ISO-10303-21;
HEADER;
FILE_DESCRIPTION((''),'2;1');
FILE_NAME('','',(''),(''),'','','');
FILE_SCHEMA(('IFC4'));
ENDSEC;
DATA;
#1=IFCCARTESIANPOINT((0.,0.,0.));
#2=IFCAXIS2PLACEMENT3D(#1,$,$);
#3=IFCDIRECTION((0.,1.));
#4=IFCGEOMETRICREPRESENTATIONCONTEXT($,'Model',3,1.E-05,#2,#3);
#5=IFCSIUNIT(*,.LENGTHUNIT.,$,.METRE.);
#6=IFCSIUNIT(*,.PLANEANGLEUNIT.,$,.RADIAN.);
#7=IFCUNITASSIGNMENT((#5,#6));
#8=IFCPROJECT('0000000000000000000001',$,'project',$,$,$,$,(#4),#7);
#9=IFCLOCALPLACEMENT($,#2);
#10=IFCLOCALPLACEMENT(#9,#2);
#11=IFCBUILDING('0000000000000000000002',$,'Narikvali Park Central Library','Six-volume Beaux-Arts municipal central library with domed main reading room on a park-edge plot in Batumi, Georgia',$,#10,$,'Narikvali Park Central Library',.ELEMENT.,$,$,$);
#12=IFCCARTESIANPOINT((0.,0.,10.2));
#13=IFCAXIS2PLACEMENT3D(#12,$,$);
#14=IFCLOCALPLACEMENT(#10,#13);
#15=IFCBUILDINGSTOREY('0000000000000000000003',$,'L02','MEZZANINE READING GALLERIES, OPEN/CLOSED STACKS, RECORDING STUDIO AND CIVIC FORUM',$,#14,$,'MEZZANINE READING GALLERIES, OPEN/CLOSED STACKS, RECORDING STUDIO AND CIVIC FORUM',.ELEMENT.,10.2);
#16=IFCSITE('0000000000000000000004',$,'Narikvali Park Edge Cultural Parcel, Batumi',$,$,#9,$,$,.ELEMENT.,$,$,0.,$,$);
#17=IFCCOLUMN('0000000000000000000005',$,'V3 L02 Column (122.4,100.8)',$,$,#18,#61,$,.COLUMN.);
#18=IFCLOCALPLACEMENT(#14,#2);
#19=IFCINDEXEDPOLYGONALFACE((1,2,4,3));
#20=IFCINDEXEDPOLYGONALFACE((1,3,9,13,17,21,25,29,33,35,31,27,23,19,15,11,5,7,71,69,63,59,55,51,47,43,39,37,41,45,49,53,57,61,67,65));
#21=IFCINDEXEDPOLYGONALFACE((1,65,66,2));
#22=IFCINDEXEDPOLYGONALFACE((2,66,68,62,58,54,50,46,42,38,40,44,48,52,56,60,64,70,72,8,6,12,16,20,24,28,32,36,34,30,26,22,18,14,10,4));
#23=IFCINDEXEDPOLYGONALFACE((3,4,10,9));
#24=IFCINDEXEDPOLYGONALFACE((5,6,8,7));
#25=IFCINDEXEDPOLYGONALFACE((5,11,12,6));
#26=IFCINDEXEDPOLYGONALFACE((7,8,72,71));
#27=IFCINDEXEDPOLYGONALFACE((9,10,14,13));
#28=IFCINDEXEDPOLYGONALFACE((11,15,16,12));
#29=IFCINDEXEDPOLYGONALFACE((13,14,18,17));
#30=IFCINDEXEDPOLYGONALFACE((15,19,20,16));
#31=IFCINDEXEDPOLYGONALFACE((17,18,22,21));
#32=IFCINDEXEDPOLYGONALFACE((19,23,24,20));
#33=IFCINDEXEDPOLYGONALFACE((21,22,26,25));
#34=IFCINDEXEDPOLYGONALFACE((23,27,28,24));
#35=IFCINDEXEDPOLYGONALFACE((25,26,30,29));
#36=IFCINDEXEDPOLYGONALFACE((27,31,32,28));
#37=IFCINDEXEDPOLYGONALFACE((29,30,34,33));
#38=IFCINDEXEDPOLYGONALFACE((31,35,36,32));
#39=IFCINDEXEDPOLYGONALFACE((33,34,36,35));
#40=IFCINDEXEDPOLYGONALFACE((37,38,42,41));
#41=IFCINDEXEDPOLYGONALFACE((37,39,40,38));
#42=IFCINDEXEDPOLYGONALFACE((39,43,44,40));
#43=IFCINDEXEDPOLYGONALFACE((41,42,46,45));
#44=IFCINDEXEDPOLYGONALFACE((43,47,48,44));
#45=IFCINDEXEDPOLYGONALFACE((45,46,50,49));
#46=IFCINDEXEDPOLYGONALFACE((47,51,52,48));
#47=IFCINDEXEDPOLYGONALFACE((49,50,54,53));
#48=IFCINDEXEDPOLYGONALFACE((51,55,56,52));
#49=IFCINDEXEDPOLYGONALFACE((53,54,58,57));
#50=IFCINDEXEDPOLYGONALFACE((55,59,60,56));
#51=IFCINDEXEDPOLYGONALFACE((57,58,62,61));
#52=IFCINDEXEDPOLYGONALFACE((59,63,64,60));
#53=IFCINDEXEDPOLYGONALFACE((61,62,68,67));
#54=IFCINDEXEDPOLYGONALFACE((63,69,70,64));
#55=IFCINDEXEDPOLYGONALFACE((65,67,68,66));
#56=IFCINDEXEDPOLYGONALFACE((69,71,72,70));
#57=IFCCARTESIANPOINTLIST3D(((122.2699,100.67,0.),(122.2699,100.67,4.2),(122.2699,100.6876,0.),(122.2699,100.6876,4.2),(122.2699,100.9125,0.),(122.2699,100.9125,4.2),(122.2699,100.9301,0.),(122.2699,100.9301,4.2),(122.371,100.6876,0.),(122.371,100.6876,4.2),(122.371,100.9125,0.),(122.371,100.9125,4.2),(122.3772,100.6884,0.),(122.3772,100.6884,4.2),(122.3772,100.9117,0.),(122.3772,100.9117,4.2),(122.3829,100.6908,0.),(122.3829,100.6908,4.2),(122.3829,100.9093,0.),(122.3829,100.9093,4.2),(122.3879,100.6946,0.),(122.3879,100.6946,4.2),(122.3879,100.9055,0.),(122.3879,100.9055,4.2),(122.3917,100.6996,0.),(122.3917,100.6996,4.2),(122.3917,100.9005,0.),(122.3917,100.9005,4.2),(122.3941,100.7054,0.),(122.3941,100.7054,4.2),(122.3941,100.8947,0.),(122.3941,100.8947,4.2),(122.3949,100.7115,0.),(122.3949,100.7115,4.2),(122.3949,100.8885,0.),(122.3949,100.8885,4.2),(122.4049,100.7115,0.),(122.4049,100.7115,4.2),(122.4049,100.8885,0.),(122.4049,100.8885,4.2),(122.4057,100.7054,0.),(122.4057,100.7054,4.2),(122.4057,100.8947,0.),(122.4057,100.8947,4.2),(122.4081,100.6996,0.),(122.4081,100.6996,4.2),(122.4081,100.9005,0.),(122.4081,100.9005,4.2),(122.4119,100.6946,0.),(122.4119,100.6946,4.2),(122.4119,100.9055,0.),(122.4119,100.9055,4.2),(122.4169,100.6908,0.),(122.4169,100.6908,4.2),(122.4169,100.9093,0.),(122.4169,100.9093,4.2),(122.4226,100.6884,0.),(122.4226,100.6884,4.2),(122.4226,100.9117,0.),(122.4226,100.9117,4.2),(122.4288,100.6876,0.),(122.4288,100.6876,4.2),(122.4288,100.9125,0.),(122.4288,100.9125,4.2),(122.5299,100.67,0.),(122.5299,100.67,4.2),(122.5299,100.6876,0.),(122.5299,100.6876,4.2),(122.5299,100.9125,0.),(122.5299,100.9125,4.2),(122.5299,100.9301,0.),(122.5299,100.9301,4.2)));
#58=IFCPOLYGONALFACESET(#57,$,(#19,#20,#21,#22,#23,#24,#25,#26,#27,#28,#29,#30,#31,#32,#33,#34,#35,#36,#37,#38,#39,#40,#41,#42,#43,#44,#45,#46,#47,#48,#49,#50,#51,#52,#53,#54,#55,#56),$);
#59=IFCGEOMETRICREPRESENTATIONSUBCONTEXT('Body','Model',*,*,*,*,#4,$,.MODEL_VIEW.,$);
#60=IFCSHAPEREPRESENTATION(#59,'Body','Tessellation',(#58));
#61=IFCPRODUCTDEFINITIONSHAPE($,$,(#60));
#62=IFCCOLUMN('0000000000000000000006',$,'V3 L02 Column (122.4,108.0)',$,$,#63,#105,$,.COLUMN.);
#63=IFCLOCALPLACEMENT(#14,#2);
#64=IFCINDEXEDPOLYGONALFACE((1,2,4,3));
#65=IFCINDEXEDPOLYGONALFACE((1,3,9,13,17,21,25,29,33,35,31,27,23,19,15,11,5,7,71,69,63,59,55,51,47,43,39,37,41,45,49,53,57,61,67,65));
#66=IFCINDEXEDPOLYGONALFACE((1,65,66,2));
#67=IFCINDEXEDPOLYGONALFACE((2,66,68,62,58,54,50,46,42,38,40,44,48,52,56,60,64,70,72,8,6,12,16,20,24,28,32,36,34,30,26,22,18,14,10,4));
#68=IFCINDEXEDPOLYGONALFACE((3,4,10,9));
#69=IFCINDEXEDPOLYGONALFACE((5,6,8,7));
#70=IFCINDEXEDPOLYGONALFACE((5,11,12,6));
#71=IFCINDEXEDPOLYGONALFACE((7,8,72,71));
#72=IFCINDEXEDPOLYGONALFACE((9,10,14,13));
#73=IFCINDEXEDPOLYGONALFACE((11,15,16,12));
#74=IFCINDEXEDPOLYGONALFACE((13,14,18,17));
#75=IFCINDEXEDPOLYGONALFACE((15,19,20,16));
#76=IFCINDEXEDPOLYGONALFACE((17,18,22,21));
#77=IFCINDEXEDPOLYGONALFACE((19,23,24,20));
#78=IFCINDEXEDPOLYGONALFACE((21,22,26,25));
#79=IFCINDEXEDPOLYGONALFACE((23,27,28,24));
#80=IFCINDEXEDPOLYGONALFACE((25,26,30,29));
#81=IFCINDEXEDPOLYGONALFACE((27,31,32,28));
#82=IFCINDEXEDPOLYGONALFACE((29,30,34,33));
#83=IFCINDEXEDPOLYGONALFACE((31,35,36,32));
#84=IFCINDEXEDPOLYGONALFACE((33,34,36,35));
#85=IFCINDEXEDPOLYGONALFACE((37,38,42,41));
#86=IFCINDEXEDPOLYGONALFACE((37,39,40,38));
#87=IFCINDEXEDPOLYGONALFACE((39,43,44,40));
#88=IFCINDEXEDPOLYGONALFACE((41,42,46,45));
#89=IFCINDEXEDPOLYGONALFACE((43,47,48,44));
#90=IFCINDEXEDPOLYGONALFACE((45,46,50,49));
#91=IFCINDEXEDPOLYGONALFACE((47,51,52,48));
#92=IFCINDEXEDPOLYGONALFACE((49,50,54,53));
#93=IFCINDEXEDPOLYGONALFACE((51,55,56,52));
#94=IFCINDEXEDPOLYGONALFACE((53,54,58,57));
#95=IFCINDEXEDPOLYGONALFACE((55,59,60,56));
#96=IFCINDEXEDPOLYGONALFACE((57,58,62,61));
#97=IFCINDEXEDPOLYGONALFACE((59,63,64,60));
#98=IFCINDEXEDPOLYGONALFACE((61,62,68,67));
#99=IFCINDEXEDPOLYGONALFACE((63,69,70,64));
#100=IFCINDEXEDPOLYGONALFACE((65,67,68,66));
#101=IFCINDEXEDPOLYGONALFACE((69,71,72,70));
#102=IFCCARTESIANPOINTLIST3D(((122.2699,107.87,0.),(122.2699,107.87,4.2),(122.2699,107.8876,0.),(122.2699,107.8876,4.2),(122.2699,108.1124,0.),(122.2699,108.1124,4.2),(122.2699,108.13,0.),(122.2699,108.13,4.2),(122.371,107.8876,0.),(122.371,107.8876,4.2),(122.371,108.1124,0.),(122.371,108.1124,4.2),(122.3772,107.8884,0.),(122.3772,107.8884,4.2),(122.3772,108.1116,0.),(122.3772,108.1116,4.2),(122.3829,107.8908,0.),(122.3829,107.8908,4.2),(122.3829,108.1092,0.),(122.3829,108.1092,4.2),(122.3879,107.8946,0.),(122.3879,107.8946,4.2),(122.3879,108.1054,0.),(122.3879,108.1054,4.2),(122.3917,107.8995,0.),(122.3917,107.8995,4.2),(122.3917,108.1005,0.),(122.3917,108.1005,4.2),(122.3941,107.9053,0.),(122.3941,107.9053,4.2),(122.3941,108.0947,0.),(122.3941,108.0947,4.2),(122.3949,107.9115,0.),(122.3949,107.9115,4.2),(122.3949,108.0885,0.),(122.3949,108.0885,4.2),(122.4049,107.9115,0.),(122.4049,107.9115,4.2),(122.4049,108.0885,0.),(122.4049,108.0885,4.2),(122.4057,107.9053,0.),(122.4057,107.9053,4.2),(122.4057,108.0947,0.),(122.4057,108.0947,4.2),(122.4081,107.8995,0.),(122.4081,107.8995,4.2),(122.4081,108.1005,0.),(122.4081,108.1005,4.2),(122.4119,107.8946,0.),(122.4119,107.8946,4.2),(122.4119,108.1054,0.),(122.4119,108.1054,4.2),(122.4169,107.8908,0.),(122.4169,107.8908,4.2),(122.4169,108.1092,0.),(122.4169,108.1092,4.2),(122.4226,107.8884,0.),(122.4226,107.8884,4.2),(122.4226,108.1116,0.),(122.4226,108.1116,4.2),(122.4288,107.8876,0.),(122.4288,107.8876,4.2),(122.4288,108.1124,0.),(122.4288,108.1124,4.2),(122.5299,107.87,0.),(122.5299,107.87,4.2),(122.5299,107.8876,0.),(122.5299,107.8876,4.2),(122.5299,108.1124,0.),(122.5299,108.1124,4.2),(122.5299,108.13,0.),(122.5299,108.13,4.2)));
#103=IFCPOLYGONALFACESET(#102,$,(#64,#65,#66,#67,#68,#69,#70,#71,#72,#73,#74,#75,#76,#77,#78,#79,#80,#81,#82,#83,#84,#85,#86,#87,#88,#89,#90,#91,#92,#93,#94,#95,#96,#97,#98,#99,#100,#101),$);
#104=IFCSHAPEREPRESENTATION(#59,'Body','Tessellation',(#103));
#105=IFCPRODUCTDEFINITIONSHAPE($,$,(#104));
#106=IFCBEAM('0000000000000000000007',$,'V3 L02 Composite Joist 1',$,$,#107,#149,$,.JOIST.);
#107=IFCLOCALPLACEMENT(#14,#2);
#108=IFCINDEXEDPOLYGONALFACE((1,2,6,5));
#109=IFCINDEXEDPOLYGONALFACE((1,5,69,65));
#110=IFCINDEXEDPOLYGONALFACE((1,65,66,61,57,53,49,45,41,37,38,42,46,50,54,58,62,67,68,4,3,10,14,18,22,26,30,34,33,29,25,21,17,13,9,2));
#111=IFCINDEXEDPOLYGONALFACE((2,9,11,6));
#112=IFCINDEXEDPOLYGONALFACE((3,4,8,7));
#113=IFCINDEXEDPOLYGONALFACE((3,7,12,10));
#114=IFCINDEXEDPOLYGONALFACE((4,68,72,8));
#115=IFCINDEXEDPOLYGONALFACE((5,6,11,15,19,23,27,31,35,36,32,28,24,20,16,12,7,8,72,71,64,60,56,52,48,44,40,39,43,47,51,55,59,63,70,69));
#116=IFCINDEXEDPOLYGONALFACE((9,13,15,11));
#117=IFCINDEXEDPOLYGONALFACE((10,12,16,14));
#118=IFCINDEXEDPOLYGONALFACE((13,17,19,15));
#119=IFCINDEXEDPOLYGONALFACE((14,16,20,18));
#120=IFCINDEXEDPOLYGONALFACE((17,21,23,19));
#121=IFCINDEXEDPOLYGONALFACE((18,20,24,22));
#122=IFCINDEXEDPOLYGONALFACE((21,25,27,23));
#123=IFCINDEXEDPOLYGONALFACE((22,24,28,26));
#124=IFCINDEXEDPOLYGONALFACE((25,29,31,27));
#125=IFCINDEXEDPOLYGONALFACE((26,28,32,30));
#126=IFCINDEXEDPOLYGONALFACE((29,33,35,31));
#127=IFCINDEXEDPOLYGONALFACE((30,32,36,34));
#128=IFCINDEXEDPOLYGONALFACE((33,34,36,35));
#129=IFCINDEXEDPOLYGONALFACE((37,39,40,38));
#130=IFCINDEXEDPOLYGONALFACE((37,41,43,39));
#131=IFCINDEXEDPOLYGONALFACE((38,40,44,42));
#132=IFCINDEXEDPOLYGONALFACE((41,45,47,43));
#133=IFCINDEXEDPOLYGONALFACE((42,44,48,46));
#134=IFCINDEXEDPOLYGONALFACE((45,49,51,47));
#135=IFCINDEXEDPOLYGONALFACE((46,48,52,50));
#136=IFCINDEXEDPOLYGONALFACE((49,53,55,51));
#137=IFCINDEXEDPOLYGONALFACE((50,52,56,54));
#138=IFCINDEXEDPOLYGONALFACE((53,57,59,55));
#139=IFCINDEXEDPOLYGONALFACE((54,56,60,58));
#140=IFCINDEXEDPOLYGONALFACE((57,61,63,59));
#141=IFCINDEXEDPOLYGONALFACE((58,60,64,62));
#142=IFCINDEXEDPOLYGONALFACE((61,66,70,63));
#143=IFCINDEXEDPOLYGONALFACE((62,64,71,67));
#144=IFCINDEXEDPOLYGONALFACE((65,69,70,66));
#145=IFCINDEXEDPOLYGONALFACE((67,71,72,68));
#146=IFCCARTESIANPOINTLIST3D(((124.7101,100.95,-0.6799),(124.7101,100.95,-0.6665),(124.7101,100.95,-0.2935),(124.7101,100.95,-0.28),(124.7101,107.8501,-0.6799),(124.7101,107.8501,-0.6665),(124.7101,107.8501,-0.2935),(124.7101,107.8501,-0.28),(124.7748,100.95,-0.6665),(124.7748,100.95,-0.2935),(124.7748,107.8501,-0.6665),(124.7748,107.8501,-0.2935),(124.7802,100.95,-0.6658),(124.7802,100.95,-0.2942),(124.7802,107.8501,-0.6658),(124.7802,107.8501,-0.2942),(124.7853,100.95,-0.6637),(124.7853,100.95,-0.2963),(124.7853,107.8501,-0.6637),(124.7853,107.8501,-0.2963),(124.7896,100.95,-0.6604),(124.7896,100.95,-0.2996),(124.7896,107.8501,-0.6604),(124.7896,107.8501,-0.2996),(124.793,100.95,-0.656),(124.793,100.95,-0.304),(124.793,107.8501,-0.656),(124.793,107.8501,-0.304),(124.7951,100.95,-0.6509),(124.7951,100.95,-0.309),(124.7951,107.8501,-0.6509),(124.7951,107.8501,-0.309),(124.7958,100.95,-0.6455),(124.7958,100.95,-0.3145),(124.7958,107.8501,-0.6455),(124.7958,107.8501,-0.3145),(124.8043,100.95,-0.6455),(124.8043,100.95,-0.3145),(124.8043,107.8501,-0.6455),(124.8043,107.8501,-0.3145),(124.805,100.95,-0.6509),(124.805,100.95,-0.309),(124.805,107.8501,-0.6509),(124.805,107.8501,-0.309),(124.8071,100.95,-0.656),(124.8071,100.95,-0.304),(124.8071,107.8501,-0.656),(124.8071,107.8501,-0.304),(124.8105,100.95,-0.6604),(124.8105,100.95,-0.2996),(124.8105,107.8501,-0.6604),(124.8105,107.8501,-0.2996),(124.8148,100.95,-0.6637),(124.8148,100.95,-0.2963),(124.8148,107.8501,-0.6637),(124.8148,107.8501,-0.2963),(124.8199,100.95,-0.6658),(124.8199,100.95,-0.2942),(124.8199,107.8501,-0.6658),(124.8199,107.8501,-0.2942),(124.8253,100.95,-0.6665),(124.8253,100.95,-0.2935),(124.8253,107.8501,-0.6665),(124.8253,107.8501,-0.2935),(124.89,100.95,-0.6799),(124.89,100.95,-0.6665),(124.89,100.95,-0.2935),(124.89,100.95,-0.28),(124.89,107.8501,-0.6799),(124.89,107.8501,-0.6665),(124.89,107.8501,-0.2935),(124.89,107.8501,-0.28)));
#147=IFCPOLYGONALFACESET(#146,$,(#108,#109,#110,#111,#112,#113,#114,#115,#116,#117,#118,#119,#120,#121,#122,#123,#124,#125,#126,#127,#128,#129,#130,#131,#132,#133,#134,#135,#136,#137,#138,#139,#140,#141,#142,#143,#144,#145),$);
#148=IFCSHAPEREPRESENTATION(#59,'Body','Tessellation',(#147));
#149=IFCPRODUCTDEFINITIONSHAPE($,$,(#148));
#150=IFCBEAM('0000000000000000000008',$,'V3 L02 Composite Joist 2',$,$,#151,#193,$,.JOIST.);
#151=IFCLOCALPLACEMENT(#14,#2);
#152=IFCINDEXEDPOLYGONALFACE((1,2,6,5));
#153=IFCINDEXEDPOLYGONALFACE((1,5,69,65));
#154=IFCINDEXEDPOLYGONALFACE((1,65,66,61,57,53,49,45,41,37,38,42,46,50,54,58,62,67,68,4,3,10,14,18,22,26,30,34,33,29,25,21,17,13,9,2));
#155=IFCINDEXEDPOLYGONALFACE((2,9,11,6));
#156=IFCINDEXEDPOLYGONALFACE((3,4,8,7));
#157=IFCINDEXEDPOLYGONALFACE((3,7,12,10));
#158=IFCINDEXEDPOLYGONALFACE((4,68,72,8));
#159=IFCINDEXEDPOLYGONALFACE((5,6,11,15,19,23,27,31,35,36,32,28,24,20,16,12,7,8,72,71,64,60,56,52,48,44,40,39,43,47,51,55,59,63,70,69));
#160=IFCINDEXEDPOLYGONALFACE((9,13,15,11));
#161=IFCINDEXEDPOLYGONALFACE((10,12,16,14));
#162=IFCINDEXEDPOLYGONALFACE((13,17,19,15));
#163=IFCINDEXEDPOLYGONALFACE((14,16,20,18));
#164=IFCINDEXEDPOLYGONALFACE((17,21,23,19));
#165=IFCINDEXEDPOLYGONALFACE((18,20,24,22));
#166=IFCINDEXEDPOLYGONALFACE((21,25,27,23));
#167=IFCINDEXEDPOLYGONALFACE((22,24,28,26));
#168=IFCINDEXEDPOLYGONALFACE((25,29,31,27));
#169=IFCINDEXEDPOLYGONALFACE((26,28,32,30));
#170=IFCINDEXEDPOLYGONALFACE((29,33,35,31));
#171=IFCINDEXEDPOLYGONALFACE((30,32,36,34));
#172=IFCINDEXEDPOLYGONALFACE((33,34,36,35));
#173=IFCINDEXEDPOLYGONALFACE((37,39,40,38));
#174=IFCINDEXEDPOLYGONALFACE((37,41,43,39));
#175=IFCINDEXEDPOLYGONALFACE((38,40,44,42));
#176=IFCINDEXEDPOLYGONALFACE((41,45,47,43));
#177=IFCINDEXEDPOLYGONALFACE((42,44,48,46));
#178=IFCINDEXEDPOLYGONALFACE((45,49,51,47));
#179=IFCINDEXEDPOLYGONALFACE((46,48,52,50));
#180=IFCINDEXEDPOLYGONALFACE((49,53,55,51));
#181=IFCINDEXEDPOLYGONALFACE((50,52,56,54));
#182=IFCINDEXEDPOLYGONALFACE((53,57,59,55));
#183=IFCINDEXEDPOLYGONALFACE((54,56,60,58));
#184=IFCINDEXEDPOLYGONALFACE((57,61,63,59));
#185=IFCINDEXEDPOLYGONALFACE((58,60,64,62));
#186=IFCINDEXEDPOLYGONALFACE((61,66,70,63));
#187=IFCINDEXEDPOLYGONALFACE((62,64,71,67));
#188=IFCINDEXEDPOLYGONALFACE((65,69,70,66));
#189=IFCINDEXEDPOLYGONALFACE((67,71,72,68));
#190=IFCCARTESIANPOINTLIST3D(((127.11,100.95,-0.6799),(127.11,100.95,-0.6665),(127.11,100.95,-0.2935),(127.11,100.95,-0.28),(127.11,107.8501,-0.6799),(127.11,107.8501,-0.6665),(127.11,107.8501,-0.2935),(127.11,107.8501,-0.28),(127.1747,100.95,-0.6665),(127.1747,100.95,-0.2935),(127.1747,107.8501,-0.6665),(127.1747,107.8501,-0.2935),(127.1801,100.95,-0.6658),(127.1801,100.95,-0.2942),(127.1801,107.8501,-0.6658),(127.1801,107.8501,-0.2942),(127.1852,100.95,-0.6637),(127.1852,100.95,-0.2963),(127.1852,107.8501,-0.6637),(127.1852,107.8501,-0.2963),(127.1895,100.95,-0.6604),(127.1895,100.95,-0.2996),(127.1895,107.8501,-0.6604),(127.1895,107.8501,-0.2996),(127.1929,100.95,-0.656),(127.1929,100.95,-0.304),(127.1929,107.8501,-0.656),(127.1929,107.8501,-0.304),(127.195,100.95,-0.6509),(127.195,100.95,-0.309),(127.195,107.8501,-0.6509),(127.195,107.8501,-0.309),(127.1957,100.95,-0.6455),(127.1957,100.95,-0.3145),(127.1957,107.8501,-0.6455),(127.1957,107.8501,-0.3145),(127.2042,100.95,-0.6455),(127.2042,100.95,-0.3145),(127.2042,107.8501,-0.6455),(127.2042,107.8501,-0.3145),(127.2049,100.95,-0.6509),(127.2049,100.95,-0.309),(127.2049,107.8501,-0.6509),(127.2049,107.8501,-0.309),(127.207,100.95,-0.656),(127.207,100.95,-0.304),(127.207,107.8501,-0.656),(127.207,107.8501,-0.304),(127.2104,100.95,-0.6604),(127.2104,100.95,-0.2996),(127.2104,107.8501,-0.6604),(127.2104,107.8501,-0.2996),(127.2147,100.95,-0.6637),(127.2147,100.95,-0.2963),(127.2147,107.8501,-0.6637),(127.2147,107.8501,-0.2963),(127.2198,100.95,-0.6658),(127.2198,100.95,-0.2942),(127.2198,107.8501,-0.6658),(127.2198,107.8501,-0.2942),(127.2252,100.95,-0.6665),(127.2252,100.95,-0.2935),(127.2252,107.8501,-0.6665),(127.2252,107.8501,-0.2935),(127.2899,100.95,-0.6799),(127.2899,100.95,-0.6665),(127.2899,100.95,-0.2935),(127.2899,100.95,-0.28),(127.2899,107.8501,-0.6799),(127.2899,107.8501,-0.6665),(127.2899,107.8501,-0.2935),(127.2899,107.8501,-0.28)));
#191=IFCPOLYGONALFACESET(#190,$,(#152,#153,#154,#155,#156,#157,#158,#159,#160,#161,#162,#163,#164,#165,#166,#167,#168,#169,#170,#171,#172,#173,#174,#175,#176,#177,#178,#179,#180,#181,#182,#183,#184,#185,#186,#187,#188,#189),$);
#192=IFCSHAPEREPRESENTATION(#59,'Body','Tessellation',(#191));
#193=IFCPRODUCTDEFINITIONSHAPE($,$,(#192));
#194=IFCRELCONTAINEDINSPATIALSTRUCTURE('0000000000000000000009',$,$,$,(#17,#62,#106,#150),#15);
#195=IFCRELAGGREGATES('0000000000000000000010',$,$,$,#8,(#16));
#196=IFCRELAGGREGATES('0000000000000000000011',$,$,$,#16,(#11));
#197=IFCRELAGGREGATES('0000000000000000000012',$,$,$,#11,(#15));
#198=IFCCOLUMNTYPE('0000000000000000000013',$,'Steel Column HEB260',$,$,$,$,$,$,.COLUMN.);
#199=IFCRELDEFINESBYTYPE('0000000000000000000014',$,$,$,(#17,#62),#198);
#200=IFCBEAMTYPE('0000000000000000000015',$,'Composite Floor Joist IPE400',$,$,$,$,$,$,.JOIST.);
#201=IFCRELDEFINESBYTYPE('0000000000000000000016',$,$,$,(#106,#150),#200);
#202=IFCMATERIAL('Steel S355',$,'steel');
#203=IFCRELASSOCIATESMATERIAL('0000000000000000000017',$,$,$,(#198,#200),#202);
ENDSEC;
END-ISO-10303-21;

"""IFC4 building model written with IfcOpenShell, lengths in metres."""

from ifc_helpers import new_model, si_unit, direction, frame, origin, origin_2d, place, context, subcontext, project, spatial, i_section, extrude, material, material_profile, profile_set, type_object, element, save


model = new_model("IFC4")

# Units and contexts
model_context = context("Model", 3, precision=1e-05, world=origin(), true_north=direction((0.0, 1.0)))
body_context = subcontext(model_context, "Body", "Model", "MODEL_VIEW")
ifc_project = project(units=[si_unit("LENGTHUNIT", "METRE"), si_unit("PLANEANGLEUNIT", "RADIAN")], contexts=[model_context])

# Site, building, storey
site_placement = place(None, origin())
site = spatial("IfcSite", under=ifc_project, at=site_placement, Name="Narikvali Park Edge Cultural Parcel, Batumi", CompositionType="ELEMENT", RefElevation=0.0)
building_placement = place(site_placement, origin())
building = spatial("IfcBuilding", under=site, at=building_placement, Name="Narikvali Park Central Library", Description="Six-volume Beaux-Arts municipal central library with domed main reading room on a park-edge plot in Batumi, Georgia", LongName="Narikvali Park Central Library", CompositionType="ELEMENT")
storey_placement = place(building_placement, frame((0.0, 0.0, 10.2)))
storey = spatial("IfcBuildingStorey", under=building, at=storey_placement, Name="L02", Description="MEZZANINE READING GALLERIES, OPEN/CLOSED STACKS, RECORDING STUDIO AND CIVIC FORUM", LongName="MEZZANINE READING GALLERIES, OPEN/CLOSED STACKS, RECORDING STUDIO AND CIVIC FORUM", CompositionType="ELEMENT", Elevation=10.2)

# Columns
ifc_material_1 = material(Name="Steel S355", Category="steel")
ifc_material_profile_1 = material_profile(ifc_material_1, i_section(OverallWidth=0.26, OverallDepth=0.26, WebThickness=0.01, FlangeThickness=0.0176, FilletRadius=0.0239, at=origin_2d()), Name="HEB 260")
ifc_profile_set_1 = profile_set([ifc_material_profile_1], Name="Steel S355")
column_type = type_object("IfcColumnType", Name="Steel Column HEB260", PredefinedType="COLUMN", material=ifc_profile_set_1)
for number, where, z_axis, x_axis, name in (
    (1, (122.3999, 100.8, 0.0), (0.0, 0.0, 1.0), (1.0, 0.0, 0.0), "V3 L02 Column (122.4,100.8)"),
    (2, (122.3999, 108.0, 0.0), (0.0, 0.0, 1.0), (1.0, 0.0, 0.0), "V3 L02 Column (122.4,108.0)"),
):
    element("IfcColumn", number, at=place(storey_placement, frame(where, z_axis=z_axis, x_axis=x_axis)), inside=storey, type_object=column_type, Name=name, PredefinedType="COLUMN", context=body_context, shape_type="SweptSolid", body=[
        extrude(i_section(OverallWidth=0.26, OverallDepth=0.26, WebThickness=0.01, FlangeThickness=0.0176, FilletRadius=0.0239, at=origin_2d()), origin(), (0.0, 0.0, 1.0), 4.2),
    ])

# Beams
ifc_material_profile_2 = material_profile(ifc_material_1, i_section(OverallWidth=0.1799, OverallDepth=0.3999, WebThickness=0.0085, FlangeThickness=0.0134, FilletRadius=0.021, at=origin_2d()), Name="IPE 400")
ifc_profile_set_2 = profile_set([ifc_material_profile_2], Name="Steel S355")
beam_type_1 = type_object("IfcBeamType", Name="Composite Floor Joist IPE400", PredefinedType="JOIST", material=ifc_profile_set_2)
for number, where, z_axis, x_axis, name in (
    (3, (124.8, 100.95, -0.48), (0.0, 1.0, 0.0), (-1.0, 0.0, 0.0), "V3 L02 Composite Joist 1"),
    (4, (127.2, 100.95, -0.48), (0.0, 1.0, 0.0), (-1.0, 0.0, 0.0), "V3 L02 Composite Joist 2"),
):
    element("IfcBeam", number, at=place(storey_placement, frame(where, z_axis=z_axis, x_axis=x_axis)), inside=storey, type_object=beam_type_1, Name=name, PredefinedType="JOIST", context=body_context, shape_type="SweptSolid", body=[
        extrude(i_section(OverallWidth=0.1799, OverallDepth=0.3999, WebThickness=0.0085, FlangeThickness=0.0134, FilletRadius=0.021, at=origin_2d()), origin(), (0.0, 0.0, 1.0), 6.9001),
    ])

save(model, "model.ifc")
